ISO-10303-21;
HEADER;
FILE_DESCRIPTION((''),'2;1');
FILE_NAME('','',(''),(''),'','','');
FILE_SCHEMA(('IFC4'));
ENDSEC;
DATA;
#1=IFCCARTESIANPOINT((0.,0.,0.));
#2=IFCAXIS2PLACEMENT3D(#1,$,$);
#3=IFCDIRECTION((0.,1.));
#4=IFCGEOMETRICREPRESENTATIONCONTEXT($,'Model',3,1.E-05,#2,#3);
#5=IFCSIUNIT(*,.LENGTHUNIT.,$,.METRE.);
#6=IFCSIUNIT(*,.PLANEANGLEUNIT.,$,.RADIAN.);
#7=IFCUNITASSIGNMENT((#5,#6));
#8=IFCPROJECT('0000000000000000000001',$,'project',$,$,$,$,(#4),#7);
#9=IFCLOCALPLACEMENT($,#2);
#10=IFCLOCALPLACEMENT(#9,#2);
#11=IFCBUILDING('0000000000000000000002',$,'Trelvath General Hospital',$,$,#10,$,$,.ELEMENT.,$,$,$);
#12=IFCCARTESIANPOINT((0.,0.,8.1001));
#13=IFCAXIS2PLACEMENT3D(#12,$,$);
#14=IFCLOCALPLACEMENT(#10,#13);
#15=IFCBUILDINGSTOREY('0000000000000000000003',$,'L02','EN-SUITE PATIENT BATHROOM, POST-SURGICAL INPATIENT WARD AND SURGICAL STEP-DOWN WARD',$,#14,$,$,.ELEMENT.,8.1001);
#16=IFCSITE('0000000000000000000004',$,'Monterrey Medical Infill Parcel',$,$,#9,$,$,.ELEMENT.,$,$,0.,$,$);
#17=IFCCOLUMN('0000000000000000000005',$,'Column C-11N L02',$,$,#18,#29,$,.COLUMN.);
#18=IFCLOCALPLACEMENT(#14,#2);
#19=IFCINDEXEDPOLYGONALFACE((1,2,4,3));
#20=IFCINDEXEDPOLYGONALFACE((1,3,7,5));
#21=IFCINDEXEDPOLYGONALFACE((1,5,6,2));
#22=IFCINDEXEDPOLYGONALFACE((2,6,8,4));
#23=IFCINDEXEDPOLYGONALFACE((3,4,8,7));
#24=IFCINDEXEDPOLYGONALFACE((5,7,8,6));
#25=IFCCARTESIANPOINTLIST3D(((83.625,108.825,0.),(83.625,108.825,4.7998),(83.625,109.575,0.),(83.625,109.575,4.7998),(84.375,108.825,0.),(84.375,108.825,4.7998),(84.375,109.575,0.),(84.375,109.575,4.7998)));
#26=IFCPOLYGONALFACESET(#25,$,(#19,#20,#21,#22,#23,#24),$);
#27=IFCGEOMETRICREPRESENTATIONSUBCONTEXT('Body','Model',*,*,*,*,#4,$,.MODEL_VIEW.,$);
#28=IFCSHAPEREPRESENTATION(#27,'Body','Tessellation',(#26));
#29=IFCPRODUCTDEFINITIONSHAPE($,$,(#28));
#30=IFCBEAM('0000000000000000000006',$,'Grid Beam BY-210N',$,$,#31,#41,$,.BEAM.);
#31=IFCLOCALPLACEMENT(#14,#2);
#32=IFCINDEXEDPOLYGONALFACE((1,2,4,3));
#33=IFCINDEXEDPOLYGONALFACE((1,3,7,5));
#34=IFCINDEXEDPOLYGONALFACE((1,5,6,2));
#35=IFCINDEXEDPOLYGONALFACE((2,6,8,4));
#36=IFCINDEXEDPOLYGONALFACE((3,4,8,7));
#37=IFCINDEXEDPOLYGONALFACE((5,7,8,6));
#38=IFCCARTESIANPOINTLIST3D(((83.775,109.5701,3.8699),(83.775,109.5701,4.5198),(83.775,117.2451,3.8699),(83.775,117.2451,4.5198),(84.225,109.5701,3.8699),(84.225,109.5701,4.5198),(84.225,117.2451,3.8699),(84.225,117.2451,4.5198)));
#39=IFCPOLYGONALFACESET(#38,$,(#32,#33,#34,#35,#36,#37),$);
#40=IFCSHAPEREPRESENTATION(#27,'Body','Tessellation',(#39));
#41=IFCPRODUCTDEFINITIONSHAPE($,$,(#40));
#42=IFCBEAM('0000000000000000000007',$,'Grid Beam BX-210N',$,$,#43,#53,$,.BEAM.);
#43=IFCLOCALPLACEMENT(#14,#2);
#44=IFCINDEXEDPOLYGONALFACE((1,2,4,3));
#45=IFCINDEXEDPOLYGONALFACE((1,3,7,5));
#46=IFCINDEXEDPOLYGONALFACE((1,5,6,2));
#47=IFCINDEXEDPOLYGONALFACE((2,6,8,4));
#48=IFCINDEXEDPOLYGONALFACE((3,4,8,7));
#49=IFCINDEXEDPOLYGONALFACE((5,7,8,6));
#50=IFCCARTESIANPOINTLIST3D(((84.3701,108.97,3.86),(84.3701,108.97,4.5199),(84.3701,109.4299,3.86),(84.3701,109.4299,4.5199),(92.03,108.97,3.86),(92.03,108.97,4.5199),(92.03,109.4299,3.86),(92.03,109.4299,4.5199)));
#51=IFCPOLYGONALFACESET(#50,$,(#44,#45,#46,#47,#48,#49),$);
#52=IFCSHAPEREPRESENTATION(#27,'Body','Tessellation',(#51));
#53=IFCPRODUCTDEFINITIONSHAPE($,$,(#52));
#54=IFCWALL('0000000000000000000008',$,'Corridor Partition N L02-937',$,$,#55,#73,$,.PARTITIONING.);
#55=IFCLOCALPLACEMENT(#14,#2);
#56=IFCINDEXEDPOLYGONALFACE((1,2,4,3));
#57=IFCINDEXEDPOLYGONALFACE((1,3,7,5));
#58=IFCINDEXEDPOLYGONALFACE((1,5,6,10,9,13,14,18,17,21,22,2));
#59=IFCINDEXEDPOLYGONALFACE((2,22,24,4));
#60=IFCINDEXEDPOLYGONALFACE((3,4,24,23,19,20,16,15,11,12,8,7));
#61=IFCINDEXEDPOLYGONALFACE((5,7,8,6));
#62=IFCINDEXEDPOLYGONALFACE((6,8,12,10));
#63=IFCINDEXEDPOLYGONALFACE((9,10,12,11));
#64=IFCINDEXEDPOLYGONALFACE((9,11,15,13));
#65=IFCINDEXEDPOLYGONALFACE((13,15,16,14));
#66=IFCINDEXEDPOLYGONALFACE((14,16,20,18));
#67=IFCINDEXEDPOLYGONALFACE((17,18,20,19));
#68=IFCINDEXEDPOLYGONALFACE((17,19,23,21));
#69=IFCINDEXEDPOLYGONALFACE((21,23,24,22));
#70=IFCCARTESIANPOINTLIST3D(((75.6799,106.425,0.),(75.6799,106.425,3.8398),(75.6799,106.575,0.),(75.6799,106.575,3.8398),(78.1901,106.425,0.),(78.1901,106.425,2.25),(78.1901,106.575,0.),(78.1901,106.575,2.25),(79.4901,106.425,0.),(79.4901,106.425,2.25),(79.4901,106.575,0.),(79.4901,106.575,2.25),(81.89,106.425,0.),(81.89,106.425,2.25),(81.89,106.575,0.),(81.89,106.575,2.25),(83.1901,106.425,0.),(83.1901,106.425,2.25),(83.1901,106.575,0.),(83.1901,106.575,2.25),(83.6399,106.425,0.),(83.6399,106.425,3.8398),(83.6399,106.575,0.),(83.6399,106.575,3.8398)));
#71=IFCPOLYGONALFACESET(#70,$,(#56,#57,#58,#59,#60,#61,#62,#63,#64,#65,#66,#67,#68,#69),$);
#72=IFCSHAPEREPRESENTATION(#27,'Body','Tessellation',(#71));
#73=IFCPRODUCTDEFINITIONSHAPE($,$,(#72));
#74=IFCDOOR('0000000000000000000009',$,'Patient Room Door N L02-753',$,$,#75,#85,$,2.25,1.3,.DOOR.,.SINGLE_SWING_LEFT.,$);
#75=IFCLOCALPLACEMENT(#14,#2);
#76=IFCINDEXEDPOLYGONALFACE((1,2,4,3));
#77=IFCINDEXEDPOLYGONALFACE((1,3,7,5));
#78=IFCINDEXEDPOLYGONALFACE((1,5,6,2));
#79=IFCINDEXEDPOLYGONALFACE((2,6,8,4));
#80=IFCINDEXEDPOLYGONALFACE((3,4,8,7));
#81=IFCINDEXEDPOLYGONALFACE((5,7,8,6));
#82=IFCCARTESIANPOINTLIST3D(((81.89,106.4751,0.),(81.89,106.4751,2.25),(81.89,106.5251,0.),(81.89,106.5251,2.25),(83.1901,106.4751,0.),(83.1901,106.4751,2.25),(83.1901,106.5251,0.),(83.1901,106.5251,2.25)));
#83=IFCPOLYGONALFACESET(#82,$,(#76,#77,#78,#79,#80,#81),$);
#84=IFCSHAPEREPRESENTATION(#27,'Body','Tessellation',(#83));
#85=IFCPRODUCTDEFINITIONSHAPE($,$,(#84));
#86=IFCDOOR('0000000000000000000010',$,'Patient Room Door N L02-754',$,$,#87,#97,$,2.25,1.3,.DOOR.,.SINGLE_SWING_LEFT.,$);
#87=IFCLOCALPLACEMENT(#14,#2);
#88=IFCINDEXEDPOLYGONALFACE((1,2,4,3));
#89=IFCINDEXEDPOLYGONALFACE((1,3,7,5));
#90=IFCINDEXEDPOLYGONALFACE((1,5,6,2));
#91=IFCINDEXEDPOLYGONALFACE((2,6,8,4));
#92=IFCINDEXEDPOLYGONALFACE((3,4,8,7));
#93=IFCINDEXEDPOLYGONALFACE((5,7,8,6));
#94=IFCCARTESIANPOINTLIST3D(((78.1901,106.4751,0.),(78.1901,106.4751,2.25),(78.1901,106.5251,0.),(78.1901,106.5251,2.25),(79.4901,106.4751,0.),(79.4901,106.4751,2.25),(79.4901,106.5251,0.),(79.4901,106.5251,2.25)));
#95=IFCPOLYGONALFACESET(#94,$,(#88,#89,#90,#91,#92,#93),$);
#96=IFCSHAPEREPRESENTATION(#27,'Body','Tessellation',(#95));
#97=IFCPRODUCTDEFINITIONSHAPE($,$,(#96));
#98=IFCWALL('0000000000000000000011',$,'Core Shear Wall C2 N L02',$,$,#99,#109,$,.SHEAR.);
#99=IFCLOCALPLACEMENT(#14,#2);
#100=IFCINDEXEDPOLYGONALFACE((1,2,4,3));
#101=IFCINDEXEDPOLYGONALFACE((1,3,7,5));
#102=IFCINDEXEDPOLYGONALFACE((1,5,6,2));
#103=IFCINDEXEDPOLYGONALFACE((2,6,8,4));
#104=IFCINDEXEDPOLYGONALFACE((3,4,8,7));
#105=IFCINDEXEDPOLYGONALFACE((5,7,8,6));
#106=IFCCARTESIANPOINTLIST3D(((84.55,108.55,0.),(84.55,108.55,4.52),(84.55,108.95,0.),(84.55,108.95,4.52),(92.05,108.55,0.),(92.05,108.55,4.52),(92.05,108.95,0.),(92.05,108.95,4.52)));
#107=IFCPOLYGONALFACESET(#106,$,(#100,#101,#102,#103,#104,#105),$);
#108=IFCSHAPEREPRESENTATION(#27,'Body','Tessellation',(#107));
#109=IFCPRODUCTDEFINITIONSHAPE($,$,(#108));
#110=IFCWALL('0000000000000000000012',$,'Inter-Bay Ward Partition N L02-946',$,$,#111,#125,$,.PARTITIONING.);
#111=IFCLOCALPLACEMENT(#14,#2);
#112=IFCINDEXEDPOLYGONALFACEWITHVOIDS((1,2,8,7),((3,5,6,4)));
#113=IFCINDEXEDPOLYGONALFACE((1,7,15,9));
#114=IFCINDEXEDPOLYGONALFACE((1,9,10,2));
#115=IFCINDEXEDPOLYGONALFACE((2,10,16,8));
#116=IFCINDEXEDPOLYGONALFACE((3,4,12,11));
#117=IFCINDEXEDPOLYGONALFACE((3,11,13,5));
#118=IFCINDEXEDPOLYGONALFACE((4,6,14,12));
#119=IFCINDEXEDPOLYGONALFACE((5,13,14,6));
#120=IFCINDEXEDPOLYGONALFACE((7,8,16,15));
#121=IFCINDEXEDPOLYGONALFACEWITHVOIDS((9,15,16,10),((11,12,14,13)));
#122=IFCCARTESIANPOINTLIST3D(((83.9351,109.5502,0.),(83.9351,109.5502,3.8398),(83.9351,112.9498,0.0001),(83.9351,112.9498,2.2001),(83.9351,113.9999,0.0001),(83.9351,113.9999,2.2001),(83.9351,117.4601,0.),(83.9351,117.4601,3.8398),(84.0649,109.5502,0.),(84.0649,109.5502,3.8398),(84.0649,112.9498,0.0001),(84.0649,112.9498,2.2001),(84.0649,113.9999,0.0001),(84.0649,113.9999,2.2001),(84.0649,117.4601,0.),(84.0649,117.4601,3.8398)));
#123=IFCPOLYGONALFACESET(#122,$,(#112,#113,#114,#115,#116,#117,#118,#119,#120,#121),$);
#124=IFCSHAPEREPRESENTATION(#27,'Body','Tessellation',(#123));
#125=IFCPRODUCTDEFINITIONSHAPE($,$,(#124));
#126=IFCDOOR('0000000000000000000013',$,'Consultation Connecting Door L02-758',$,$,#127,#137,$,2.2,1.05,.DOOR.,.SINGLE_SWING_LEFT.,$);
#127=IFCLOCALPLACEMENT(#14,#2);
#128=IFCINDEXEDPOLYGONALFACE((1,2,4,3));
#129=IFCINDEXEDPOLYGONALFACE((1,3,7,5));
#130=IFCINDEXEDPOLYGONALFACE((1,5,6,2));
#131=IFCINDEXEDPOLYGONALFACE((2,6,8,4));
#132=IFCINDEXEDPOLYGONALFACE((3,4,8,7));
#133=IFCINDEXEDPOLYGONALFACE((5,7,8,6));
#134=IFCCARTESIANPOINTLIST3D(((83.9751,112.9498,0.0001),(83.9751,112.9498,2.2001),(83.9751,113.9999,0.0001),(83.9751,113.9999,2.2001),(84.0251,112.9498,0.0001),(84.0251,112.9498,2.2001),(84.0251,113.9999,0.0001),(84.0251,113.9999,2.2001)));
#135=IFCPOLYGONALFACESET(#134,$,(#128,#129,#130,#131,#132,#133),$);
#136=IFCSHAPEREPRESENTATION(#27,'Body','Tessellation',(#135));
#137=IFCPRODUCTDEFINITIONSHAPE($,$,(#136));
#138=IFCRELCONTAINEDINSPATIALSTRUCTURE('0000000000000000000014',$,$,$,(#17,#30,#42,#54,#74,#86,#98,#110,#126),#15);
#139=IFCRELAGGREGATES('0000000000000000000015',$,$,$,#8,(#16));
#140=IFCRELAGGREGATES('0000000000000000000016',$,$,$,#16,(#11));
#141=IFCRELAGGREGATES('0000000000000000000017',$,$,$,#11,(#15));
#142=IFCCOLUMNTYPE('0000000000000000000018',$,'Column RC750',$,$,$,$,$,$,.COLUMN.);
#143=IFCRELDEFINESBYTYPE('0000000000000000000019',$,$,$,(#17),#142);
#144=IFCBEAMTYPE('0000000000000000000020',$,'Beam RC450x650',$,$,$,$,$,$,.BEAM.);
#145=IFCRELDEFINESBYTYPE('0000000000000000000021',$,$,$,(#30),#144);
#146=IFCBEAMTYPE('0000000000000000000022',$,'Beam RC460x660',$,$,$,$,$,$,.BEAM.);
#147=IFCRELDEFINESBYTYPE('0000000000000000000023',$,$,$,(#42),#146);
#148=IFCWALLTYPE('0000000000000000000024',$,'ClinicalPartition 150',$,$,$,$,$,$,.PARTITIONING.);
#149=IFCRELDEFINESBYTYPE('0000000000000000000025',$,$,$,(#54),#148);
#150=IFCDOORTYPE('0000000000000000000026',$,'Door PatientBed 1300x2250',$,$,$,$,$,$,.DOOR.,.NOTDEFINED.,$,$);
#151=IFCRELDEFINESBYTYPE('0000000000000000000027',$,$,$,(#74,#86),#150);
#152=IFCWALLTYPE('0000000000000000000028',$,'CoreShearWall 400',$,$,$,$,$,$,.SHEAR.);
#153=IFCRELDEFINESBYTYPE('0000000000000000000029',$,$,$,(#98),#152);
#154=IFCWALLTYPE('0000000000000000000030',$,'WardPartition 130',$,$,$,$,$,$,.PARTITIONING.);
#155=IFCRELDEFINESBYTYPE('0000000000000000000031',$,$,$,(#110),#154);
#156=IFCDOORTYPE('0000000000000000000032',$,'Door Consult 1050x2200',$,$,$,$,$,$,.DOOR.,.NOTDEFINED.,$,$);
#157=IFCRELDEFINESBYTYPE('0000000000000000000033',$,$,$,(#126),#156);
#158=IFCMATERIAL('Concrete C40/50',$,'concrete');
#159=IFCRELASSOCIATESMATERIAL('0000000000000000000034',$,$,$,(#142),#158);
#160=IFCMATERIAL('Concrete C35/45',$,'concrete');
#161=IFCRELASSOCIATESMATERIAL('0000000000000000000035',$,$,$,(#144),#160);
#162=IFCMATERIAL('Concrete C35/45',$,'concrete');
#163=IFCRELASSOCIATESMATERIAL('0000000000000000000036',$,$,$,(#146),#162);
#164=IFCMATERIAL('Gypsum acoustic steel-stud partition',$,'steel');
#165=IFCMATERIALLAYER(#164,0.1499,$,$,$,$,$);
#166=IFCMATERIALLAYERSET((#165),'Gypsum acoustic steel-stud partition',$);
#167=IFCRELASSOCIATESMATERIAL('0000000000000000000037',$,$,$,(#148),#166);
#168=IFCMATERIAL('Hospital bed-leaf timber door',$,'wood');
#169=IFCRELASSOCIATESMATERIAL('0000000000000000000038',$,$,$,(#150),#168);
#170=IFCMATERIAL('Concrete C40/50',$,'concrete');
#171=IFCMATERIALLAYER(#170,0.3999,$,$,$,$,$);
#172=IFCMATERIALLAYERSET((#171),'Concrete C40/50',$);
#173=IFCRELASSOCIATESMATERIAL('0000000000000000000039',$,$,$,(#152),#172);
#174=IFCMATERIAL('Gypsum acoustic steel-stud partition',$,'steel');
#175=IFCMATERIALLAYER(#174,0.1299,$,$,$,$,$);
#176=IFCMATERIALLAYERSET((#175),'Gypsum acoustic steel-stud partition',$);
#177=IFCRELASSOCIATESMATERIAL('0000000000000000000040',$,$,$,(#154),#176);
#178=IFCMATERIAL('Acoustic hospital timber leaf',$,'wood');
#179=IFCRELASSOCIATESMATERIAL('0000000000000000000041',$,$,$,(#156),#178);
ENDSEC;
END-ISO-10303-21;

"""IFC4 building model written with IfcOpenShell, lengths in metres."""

from ifc_helpers import new_model, si_unit, direction, frame, frame_2d, origin, origin_2d, place, context, subcontext, project, spatial, rectangle, extrude, material, layer, layer_set, material_profile, profile_set, type_object, element, fill, save


model = new_model("IFC4")

# Units and contexts
model_context = context("Model", 3, precision=1e-05, world=origin(), true_north=direction((0.0, 1.0)))
body_context = subcontext(model_context, "Body", "Model", "MODEL_VIEW")
ifc_project = project(units=[si_unit("LENGTHUNIT", "METRE"), si_unit("PLANEANGLEUNIT", "RADIAN")], contexts=[model_context])

# Site, building, storey
site_placement = place(None, origin())
site = spatial("IfcSite", under=ifc_project, at=site_placement, Name="Monterrey Medical Infill Parcel", CompositionType="ELEMENT", RefElevation=0.0)
building_placement = place(site_placement, origin())
building = spatial("IfcBuilding", under=site, at=building_placement, Name="Trelvath General Hospital", CompositionType="ELEMENT")
storey_placement = place(building_placement, frame((0.0, 0.0, 8.1001)))
storey = spatial("IfcBuildingStorey", under=building, at=storey_placement, Name="L02", Description="EN-SUITE PATIENT BATHROOM, POST-SURGICAL INPATIENT WARD AND SURGICAL STEP-DOWN WARD", CompositionType="ELEMENT", Elevation=8.1001)

# Column
ifc_material_1 = material(Name="Concrete C40/50", Category="concrete")
ifc_material_profile_1 = material_profile(ifc_material_1, rectangle(XDim=0.75, YDim=0.75, at=origin_2d()), Name="RC750x750")
ifc_profile_set_1 = profile_set([ifc_material_profile_1], Name="Concrete C40/50")
column_type = type_object("IfcColumnType", Name="Column RC750", PredefinedType="COLUMN", material=ifc_profile_set_1)
column_placement = place(storey_placement, frame((84.0, 109.2, 0.0), z_axis=(0.0, 0.0, 1.0), x_axis=(1.0, 0.0, 0.0)))
element("IfcColumn", 1, at=column_placement, inside=storey, type_object=column_type, Name="Column C-11N L02", PredefinedType="COLUMN", context=body_context, shape_type="SweptSolid", body=[
    extrude(rectangle(XDim=0.75, YDim=0.75, at=origin_2d()), origin(), (0.0, 0.0, 1.0), 4.7998),
])

# Beams
ifc_material_2 = material(Name="Concrete C35/45", Category="concrete")
ifc_material_profile_2 = material_profile(ifc_material_2, rectangle(XDim=0.45, YDim=0.6499, at=origin_2d()), Name="RCB450x650")
ifc_profile_set_2 = profile_set([ifc_material_profile_2], Name="Concrete C35/45")
beam_type_1 = type_object("IfcBeamType", Name="Beam RC450x650", PredefinedType="BEAM", material=ifc_profile_set_2)
beam_1_placement = place(storey_placement, frame((84.0, 109.5701, 4.1948), z_axis=(0.0, 1.0, 0.0), x_axis=(-1.0, 0.0, 0.0)))
element("IfcBeam", 2, at=beam_1_placement, inside=storey, type_object=beam_type_1, Name="Grid Beam BY-210N", PredefinedType="BEAM", context=body_context, shape_type="SweptSolid", body=[
    extrude(rectangle(XDim=0.45, YDim=0.6499, at=origin_2d()), origin(), (0.0, 0.0, 1.0), 7.675),
])
ifc_material_3 = material(Name="Concrete C35/45", Category="concrete")
ifc_material_profile_3 = material_profile(ifc_material_3, rectangle(XDim=0.46, YDim=0.6599, at=origin_2d()), Name="RCB460x660")
ifc_profile_set_3 = profile_set([ifc_material_profile_3], Name="Concrete C35/45")
beam_type_2 = type_object("IfcBeamType", Name="Beam RC460x660", PredefinedType="BEAM", material=ifc_profile_set_3)
beam_2_placement = place(storey_placement, frame((84.3701, 109.2, 4.1899), z_axis=(1.0, 0.0, 0.0), x_axis=(0.0, 1.0, 0.0)))
element("IfcBeam", 3, at=beam_2_placement, inside=storey, type_object=beam_type_2, Name="Grid Beam BX-210N", PredefinedType="BEAM", context=body_context, shape_type="SweptSolid", body=[
    extrude(rectangle(XDim=0.46, YDim=0.6599, at=origin_2d()), origin(), (0.0, 0.0, 1.0), 7.6599),
])

# Wall, openings, doors
ifc_material_4 = material(Name="Gypsum acoustic steel-stud partition", Category="steel")
ifc_layer_1 = layer(ifc_material_4, 0.1499)
ifc_layer_set_1 = layer_set([ifc_layer_1], Name="Gypsum acoustic steel-stud partition")
wall_type_1 = type_object("IfcWallType", Name="ClinicalPartition 150", PredefinedType="PARTITIONING", material=ifc_layer_set_1)
wall_1_placement = place(storey_placement, frame((83.6399, 106.5, 0.0), z_axis=(0.0, 0.0, 1.0), x_axis=(-1.0, 0.0, 0.0)))
wall_1 = element("IfcWall", 4, at=wall_1_placement, inside=storey, type_object=wall_type_1, Name="Corridor Partition N L02-937", PredefinedType="PARTITIONING", context=body_context, shape_type="SweptSolid", body=[
    extrude(rectangle(XDim=7.96, YDim=0.1499, at=frame_2d((3.98, 0.0))), origin(), (0.0, 0.0, 1.0), 3.8398),
])
opening_1_placement = place(wall_1_placement, frame((0.45, 0.0, 0.0)))
opening_1 = element("IfcOpeningElement", 5, at=opening_1_placement, cuts=wall_1, PredefinedType="OPENING", context=body_context, shape_type="SweptSolid", body=[
    extrude(rectangle(XDim=1.3, YDim=2.25, at=frame_2d((0.6499, 1.125))), frame((0.0, 0.085, 0.0), z_axis=(0.0, -1.0, 0.0), x_axis=(1.0, 0.0, 0.0)), (0.0, 0.0, 1.0), 0.1699),
])
opening_2_placement = place(wall_1_placement, frame((4.1499, 0.0, 0.0)))
opening_2 = element("IfcOpeningElement", 6, at=opening_2_placement, cuts=wall_1, PredefinedType="OPENING", context=body_context, shape_type="SweptSolid", body=[
    extrude(rectangle(XDim=1.3, YDim=2.25, at=frame_2d((0.6499, 1.125))), frame((0.0, 0.085, 0.0), z_axis=(0.0, -1.0, 0.0), x_axis=(1.0, 0.0, 0.0)), (0.0, 0.0, 1.0), 0.1699),
])
ifc_material_5 = material(Name="Hospital bed-leaf timber door", Category="wood")
door_type_1 = type_object("IfcDoorType", Name="Door PatientBed 1300x2250", OperationType="NOTDEFINED", PredefinedType="DOOR", material=ifc_material_5)
door_1_placement = place(opening_1_placement, origin())
door_1 = element("IfcDoor", 7, at=door_1_placement, inside=storey, type_object=door_type_1, Name="Patient Room Door N L02-753", OperationType="SINGLE_SWING_LEFT", OverallHeight=2.25, OverallWidth=1.3, PredefinedType="DOOR", context=body_context, shape_type="SweptSolid", body=[
    extrude(rectangle(XDim=1.3, YDim=2.25, at=frame_2d((0.6499, 1.125))), frame((0.0, 0.0249, 0.0), z_axis=(0.0, -1.0, 0.0), x_axis=(1.0, 0.0, 0.0)), (0.0, 0.0, 1.0), 0.05),
])
fill(opening_1, door_1)
door_2_placement = place(opening_2_placement, origin())
door_2 = element("IfcDoor", 8, at=door_2_placement, inside=storey, type_object=door_type_1, Name="Patient Room Door N L02-754", OperationType="SINGLE_SWING_LEFT", OverallHeight=2.25, OverallWidth=1.3, PredefinedType="DOOR", context=body_context, shape_type="SweptSolid", body=[
    extrude(rectangle(XDim=1.3, YDim=2.25, at=frame_2d((0.6499, 1.125))), frame((0.0, 0.0249, 0.0), z_axis=(0.0, -1.0, 0.0), x_axis=(1.0, 0.0, 0.0)), (0.0, 0.0, 1.0), 0.05),
])
fill(opening_2, door_2)

# Wall
ifc_material_6 = material(Name="Concrete C40/50", Category="concrete")
ifc_layer_2 = layer(ifc_material_6, 0.3999)
ifc_layer_set_2 = layer_set([ifc_layer_2], Name="Concrete C40/50")
wall_type_2 = type_object("IfcWallType", Name="CoreShearWall 400", PredefinedType="SHEAR", material=ifc_layer_set_2)
wall_2_placement = place(storey_placement, frame((84.55, 108.75, 0.0), z_axis=(0.0, 0.0, 1.0), x_axis=(1.0, 0.0, 0.0)))
element("IfcWall", 9, at=wall_2_placement, inside=storey, type_object=wall_type_2, Name="Core Shear Wall C2 N L02", PredefinedType="SHEAR", context=body_context, shape_type="SweptSolid", body=[
    extrude(rectangle(XDim=7.5, YDim=0.3999, at=frame_2d((3.75, 0.0))), origin(), (0.0, 0.0, 1.0), 4.52),
])

# Wall, opening, door
ifc_material_7 = material(Name="Gypsum acoustic steel-stud partition", Category="steel")
ifc_layer_3 = layer(ifc_material_7, 0.1299)
ifc_layer_set_3 = layer_set([ifc_layer_3], Name="Gypsum acoustic steel-stud partition")
wall_type_3 = type_object("IfcWallType", Name="WardPartition 130", PredefinedType="PARTITIONING", material=ifc_layer_set_3)
wall_3_placement = place(storey_placement, frame((84.0, 109.55, 0.0), z_axis=(0.0, 0.0, 1.0), x_axis=(0.0, 1.0, 0.0)))
wall_3 = element("IfcWall", 10, at=wall_3_placement, inside=storey, type_object=wall_type_3, Name="Inter-Bay Ward Partition N L02-946", PredefinedType="PARTITIONING", context=body_context, shape_type="SweptSolid", body=[
    extrude(rectangle(XDim=7.9099, YDim=0.1299, at=frame_2d((3.9551, 0.0))), origin(), (0.0, 0.0, 1.0), 3.8398),
])
opening_3_placement = place(wall_3_placement, frame((3.3999, 0.0, 0.0)))
opening_3 = element("IfcOpeningElement", 11, at=opening_3_placement, cuts=wall_3, PredefinedType="OPENING", context=body_context, shape_type="SweptSolid", body=[
    extrude(rectangle(XDim=1.05, YDim=2.2, at=frame_2d((0.5249, 1.1001))), frame((0.0, 0.075, 0.0), z_axis=(0.0, -1.0, 0.0), x_axis=(1.0, 0.0, 0.0)), (0.0, 0.0, 1.0), 0.1499),
])
ifc_material_8 = material(Name="Acoustic hospital timber leaf", Category="wood")
door_type_2 = type_object("IfcDoorType", Name="Door Consult 1050x2200", OperationType="NOTDEFINED", PredefinedType="DOOR", material=ifc_material_8)
door_3_placement = place(opening_3_placement, origin())
door_3 = element("IfcDoor", 12, at=door_3_placement, inside=storey, type_object=door_type_2, Name="Consultation Connecting Door L02-758", OperationType="SINGLE_SWING_LEFT", OverallHeight=2.2, OverallWidth=1.05, PredefinedType="DOOR", context=body_context, shape_type="SweptSolid", body=[
    extrude(rectangle(XDim=1.05, YDim=2.2, at=frame_2d((0.5249, 1.1001))), frame((0.0, 0.0249, 0.0), z_axis=(0.0, -1.0, 0.0), x_axis=(1.0, 0.0, 0.0)), (0.0, 0.0, 1.0), 0.05),
])
fill(opening_3, door_3)

save(model, "model.ifc")
